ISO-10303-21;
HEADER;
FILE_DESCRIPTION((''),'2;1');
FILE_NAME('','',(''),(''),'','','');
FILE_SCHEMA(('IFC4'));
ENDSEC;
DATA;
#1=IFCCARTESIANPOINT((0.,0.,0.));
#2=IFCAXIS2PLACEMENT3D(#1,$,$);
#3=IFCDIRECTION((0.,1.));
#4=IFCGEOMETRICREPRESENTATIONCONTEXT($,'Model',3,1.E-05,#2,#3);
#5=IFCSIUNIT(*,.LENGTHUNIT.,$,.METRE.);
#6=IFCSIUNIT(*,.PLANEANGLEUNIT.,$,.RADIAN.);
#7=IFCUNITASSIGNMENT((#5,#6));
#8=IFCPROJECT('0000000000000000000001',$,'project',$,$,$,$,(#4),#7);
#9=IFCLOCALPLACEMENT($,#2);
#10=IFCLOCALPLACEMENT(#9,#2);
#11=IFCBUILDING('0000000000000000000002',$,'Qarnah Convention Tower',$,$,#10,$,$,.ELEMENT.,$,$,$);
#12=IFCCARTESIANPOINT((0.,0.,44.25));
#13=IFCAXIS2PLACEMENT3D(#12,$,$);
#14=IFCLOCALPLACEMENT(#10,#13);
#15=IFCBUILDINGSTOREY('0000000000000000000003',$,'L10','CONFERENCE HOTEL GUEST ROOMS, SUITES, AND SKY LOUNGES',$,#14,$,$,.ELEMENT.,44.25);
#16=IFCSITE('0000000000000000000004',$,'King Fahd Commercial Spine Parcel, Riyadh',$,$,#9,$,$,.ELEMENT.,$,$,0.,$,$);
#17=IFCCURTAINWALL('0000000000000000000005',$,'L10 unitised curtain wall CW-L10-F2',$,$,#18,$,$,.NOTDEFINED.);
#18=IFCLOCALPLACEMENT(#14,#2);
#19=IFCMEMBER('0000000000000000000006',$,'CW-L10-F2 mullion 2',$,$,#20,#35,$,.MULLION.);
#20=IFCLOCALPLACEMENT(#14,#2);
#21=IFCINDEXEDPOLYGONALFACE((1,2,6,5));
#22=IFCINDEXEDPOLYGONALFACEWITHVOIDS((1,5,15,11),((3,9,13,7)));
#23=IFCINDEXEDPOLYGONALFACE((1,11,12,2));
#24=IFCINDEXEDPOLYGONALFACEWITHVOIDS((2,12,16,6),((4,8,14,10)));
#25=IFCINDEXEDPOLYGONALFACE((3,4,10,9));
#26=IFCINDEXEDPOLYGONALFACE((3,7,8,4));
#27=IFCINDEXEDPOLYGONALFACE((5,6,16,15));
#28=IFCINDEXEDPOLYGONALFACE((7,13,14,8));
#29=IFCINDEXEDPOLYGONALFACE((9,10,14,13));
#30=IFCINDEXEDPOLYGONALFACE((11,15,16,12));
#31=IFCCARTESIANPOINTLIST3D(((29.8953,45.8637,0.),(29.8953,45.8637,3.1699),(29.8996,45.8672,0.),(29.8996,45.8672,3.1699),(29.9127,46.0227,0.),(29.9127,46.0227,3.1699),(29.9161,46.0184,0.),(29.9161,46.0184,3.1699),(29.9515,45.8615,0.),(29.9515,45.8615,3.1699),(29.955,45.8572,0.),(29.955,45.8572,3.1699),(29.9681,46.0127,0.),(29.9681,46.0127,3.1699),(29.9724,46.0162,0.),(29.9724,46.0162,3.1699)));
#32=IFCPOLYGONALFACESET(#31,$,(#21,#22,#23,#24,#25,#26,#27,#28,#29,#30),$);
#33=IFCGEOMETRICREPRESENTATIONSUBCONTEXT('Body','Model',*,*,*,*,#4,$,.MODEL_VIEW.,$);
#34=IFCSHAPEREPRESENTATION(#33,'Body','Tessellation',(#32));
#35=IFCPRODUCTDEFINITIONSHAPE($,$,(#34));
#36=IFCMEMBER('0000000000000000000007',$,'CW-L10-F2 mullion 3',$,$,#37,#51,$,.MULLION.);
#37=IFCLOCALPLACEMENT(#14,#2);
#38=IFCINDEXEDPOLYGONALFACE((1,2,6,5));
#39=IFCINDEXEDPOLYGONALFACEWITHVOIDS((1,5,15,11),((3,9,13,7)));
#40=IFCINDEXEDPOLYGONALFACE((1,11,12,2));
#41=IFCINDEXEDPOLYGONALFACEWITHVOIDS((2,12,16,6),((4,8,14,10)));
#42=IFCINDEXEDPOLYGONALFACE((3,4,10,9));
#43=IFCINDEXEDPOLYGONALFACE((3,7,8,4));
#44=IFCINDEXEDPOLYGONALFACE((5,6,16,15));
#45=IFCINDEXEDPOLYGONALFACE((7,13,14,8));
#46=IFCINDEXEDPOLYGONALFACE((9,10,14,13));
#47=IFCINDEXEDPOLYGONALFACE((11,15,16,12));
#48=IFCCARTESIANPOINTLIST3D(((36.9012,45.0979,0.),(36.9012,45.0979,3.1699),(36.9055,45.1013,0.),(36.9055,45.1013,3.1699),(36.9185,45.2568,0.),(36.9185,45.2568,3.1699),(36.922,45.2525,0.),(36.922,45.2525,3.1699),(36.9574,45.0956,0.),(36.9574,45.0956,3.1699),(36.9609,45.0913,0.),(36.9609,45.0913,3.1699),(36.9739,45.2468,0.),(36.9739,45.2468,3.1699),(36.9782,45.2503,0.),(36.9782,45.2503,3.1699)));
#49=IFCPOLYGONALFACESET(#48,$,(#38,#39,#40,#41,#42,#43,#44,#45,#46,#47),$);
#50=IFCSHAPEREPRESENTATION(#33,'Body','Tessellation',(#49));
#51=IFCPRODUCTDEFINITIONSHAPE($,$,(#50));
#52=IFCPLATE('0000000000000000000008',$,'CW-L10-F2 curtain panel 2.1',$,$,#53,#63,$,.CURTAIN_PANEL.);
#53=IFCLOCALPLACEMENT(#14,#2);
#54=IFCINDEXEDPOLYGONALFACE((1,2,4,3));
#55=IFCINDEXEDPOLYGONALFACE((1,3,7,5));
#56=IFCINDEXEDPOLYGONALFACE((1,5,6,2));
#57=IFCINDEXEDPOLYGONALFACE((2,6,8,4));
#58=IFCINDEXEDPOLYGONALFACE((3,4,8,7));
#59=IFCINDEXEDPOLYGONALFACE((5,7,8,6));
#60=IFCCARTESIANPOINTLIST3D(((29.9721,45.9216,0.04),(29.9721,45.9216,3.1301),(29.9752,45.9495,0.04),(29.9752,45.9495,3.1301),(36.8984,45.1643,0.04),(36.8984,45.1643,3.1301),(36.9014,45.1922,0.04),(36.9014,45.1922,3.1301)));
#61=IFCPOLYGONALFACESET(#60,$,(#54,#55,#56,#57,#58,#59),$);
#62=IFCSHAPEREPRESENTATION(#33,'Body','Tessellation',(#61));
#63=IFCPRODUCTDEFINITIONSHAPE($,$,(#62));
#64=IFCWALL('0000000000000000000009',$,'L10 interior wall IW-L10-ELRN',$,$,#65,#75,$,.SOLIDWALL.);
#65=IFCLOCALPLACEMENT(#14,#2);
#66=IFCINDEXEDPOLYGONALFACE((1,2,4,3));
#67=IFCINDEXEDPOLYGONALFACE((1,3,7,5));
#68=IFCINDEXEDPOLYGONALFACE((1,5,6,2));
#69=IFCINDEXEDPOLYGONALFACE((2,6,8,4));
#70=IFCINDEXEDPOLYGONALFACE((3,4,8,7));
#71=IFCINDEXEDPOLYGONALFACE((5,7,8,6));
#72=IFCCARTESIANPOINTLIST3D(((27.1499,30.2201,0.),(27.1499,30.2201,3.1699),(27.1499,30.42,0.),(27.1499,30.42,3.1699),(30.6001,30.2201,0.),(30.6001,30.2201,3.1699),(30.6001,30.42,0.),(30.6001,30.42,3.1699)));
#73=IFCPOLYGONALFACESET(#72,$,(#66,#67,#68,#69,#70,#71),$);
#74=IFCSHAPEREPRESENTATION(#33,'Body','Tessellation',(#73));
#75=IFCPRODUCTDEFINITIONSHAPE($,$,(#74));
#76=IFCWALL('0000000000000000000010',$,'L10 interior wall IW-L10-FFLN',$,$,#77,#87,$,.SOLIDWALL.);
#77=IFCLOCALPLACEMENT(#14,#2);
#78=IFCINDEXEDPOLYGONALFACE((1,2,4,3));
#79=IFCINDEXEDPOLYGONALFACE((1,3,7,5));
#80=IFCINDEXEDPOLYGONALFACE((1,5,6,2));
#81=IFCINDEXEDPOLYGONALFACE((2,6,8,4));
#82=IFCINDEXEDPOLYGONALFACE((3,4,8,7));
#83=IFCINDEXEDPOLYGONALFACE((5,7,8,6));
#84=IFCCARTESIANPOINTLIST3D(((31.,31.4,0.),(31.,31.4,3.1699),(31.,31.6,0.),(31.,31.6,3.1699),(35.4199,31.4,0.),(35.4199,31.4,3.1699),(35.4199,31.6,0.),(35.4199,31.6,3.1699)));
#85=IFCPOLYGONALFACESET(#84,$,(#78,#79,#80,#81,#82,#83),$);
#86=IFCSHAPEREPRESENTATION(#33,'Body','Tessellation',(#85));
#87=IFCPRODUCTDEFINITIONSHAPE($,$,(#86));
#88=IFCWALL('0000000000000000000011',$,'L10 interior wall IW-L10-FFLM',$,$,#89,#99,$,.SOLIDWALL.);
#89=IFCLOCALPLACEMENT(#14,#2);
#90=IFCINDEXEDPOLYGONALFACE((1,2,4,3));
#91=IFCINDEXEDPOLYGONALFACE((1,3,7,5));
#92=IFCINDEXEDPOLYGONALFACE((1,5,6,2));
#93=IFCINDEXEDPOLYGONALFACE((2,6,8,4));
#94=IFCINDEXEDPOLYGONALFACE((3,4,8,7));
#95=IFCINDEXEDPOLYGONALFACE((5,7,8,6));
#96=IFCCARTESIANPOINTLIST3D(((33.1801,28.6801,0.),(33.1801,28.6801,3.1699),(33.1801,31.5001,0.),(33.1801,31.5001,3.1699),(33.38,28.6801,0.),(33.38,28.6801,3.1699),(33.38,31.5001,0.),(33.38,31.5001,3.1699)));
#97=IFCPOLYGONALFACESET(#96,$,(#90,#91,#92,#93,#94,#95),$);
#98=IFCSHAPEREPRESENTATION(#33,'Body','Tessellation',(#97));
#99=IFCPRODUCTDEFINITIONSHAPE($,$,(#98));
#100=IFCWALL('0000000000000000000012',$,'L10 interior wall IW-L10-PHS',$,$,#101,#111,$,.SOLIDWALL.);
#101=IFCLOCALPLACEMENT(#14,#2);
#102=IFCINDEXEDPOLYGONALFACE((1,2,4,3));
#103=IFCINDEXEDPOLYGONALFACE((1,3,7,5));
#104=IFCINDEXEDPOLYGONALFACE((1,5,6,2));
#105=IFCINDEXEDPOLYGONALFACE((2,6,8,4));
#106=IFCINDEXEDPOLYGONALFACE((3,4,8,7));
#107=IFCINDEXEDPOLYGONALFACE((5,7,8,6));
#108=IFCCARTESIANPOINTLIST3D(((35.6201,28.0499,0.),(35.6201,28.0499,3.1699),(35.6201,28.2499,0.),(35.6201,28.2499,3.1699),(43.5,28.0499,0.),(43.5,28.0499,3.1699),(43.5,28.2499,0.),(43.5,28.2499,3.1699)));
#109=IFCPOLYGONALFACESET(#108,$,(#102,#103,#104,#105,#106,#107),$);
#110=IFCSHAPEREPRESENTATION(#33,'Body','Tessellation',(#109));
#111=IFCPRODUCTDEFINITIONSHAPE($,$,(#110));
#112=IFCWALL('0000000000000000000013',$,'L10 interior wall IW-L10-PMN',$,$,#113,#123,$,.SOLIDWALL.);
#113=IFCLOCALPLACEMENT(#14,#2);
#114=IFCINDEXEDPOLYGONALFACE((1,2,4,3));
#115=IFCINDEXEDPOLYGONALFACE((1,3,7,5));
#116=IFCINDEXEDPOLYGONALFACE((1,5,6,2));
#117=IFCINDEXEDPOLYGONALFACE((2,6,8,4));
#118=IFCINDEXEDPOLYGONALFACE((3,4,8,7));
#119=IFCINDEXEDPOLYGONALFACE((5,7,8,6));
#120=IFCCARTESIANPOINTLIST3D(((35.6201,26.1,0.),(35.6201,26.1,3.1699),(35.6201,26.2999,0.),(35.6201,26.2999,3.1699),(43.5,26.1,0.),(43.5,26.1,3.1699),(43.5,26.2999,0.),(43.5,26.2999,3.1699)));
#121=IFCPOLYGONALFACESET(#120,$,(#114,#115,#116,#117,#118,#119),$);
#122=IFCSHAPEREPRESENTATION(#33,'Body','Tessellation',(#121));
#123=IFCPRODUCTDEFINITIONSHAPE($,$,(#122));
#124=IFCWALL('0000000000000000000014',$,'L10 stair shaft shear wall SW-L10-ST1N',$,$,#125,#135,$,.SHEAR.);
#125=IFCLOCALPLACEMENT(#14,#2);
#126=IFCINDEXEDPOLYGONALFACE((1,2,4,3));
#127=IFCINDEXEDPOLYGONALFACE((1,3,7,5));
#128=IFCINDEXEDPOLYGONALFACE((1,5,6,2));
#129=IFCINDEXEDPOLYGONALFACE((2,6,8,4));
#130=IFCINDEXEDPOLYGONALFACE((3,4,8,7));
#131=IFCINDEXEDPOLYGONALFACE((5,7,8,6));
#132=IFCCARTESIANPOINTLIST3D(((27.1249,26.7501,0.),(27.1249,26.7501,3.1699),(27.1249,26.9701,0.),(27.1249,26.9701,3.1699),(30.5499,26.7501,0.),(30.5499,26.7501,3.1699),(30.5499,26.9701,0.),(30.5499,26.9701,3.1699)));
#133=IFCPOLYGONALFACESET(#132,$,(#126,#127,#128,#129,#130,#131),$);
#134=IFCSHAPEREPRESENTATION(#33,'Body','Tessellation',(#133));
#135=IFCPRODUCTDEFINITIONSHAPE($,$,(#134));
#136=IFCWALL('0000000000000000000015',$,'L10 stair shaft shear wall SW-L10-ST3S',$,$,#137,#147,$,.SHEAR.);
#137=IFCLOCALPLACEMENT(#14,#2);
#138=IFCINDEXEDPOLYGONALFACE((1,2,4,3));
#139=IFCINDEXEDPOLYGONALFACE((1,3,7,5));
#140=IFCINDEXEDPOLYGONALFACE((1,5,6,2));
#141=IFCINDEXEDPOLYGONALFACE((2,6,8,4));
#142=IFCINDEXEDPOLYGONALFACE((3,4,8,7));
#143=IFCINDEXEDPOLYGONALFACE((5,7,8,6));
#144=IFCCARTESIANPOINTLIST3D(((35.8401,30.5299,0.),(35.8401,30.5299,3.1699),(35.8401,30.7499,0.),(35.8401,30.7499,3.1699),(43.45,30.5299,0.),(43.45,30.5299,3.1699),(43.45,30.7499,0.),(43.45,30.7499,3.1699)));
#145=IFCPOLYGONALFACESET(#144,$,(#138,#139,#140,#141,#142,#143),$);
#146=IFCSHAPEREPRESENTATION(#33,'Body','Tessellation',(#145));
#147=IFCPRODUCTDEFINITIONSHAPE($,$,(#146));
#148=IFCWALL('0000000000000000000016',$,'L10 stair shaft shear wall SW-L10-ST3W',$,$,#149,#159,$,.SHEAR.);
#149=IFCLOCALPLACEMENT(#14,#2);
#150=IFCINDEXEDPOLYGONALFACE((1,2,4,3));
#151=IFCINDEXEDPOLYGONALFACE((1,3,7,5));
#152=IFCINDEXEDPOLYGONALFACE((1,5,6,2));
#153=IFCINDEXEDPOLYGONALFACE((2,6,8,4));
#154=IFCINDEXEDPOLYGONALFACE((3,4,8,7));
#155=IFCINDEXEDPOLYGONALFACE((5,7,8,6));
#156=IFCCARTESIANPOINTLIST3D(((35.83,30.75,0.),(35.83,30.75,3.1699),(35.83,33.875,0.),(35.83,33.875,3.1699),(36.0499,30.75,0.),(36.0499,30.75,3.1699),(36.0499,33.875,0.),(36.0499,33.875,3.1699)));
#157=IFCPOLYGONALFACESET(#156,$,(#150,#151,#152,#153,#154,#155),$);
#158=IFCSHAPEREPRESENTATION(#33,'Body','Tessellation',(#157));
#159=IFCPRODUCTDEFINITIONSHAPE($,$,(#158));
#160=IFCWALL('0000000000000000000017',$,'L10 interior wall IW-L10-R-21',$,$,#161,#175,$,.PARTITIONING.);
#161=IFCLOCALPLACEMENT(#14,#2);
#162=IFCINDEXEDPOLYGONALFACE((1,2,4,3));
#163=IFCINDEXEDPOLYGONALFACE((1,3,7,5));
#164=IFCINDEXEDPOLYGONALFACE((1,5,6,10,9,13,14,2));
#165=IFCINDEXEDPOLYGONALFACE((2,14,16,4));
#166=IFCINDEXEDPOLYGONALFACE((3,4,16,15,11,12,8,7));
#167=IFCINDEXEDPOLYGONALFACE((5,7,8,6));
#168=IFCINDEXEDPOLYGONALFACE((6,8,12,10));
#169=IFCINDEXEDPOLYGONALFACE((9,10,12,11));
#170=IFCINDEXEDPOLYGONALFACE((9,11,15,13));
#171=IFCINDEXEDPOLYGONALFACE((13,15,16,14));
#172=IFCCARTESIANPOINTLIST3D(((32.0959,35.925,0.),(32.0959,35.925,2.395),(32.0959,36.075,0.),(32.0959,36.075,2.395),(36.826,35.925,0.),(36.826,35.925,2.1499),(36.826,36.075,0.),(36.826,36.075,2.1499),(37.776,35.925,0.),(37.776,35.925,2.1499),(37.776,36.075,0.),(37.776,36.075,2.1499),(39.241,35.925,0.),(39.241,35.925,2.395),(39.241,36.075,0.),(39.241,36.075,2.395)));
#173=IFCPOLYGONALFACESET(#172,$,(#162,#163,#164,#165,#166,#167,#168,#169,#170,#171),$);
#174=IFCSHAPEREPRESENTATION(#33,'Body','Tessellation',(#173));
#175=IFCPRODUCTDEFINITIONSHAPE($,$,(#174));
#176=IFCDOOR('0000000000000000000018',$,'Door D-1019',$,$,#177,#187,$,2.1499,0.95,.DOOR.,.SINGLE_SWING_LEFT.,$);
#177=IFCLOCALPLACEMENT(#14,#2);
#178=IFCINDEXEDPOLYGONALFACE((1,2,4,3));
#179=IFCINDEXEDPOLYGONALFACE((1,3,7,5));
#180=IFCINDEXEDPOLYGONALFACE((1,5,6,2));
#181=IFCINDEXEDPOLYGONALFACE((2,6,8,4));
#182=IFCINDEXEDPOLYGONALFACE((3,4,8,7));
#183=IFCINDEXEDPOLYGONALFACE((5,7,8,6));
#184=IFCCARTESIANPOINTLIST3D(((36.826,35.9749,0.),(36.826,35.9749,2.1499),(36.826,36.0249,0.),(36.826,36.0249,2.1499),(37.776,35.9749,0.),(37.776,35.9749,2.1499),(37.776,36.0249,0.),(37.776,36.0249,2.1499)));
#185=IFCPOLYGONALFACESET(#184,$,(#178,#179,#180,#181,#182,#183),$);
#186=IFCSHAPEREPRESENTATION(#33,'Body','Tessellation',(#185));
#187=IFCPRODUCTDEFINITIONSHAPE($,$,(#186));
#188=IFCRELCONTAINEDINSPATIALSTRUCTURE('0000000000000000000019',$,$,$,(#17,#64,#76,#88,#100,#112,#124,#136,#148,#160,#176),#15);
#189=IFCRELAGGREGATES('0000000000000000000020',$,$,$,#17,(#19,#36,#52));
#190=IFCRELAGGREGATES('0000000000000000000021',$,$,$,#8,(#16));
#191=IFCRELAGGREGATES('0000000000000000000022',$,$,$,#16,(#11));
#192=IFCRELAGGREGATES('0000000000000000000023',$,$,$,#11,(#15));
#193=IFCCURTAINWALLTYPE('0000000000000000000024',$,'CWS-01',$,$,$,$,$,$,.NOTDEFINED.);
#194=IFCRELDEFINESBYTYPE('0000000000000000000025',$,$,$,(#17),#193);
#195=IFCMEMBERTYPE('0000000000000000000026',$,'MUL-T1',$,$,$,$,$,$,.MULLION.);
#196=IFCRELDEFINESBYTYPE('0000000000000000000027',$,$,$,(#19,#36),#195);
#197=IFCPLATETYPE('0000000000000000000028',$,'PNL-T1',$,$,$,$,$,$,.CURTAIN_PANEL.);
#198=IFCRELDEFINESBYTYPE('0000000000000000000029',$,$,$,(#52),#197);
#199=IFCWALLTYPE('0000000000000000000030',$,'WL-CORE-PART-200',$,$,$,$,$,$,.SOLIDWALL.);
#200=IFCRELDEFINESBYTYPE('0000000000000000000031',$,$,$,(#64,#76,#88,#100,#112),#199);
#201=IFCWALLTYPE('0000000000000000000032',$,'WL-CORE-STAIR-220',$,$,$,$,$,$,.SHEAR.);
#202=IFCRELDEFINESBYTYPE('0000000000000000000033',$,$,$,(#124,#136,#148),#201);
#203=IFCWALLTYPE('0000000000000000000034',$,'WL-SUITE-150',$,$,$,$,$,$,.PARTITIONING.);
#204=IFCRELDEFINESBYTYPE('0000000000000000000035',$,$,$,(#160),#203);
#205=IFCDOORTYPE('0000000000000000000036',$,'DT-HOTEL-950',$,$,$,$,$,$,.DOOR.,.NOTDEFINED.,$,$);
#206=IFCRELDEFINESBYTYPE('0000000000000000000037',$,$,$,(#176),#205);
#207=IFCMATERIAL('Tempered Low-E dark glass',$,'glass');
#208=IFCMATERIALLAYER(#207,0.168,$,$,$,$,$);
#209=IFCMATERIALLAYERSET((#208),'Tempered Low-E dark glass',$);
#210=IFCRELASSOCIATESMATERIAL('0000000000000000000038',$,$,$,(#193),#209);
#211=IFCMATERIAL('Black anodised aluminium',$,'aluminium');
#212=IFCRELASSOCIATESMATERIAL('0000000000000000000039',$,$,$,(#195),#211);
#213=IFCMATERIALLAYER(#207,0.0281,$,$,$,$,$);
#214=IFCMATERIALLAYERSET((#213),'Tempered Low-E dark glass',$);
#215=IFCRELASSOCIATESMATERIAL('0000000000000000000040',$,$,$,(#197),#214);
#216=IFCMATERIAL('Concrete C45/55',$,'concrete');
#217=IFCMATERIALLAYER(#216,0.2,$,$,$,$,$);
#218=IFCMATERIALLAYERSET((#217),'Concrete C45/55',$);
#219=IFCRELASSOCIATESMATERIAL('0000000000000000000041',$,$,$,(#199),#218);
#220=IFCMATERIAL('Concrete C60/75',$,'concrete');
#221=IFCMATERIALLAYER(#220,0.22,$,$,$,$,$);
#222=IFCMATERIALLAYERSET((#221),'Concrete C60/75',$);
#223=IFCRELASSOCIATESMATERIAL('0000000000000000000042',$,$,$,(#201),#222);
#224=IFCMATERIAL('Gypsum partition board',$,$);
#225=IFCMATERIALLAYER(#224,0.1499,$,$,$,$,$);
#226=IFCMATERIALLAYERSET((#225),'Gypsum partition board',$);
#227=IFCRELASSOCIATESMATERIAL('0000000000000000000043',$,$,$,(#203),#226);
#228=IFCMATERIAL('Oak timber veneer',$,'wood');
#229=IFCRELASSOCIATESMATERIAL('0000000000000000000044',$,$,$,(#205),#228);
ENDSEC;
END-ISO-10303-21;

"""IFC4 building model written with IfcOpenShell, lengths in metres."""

from ifc_helpers import new_model, si_unit, direction, frame, frame_2d, origin, origin_2d, place, context, subcontext, project, spatial, rectangle, hollow_rectangle, extrude, material, layer, layer_set, material_profile, profile_set, type_object, element, fill, aggregate, save


model = new_model("IFC4")

# Units and contexts
model_context = context("Model", 3, precision=1e-05, world=origin(), true_north=direction((0.0, 1.0)))
body_context = subcontext(model_context, "Body", "Model", "MODEL_VIEW")
ifc_project = project(units=[si_unit("LENGTHUNIT", "METRE"), si_unit("PLANEANGLEUNIT", "RADIAN")], contexts=[model_context])

# Site, building, storey
site_placement = place(None, origin())
site = spatial("IfcSite", under=ifc_project, at=site_placement, Name="King Fahd Commercial Spine Parcel, Riyadh", CompositionType="ELEMENT", RefElevation=0.0)
building_placement = place(site_placement, origin())
building = spatial("IfcBuilding", under=site, at=building_placement, Name="Qarnah Convention Tower", CompositionType="ELEMENT")
storey_placement = place(building_placement, frame((0.0, 0.0, 44.25)))
storey = spatial("IfcBuildingStorey", under=building, at=storey_placement, Name="L10", Description="CONFERENCE HOTEL GUEST ROOMS, SUITES, AND SKY LOUNGES", CompositionType="ELEMENT", Elevation=44.25)

# Shared definitions
ifc_material_1 = material(Name="Concrete C60/75", Category="concrete")

# Curtain wall, members, plate
ifc_material_2 = material(Name="Tempered Low-E dark glass", Category="glass")
ifc_layer_1 = layer(ifc_material_2, 0.168)
ifc_layer_set_1 = layer_set([ifc_layer_1], Name="Tempered Low-E dark glass")
curtain_wall_type = type_object("IfcCurtainWallType", Name="CWS-01", PredefinedType="NOTDEFINED", material=ifc_layer_set_1)
curtain_wall_placement = place(storey_placement, origin())
curtain_wall = element("IfcCurtainWall", 1, at=curtain_wall_placement, inside=storey, type_object=curtain_wall_type, Name="L10 unitised curtain wall CW-L10-F2", PredefinedType="NOTDEFINED")
ifc_material_3 = material(Name="Black anodised aluminium", Category="aluminium")
ifc_material_profile_1 = material_profile(ifc_material_3, hollow_rectangle(XDim=0.0601, YDim=0.1599, WallThickness=0.0039, at=origin_2d()), Name="MUL-60X160")
ifc_profile_set_1 = profile_set([ifc_material_profile_1], Name="Black anodised aluminium")
member_type = type_object("IfcMemberType", Name="MUL-T1", PredefinedType="MULLION", material=ifc_profile_set_1)
member_1_placement = place(storey_placement, frame((29.9338, 45.9399, 0.0), z_axis=(0.0, 0.0, 1.0), x_axis=(0.994076, -0.10869, 0.0)))
member_1 = element("IfcMember", 2, at=member_1_placement, type_object=member_type, Name="CW-L10-F2 mullion 2", PredefinedType="MULLION", context=body_context, shape_type="SweptSolid", body=[
    extrude(hollow_rectangle(XDim=0.0601, YDim=0.1599, WallThickness=0.0039, at=origin_2d()), origin(), (0.0, 0.0, 1.0), 3.1699),
])
member_2_placement = place(storey_placement, frame((36.9397, 45.1741, 0.0), z_axis=(0.0, 0.0, 1.0), x_axis=(0.994076, -0.10869, 0.0)))
member_2 = element("IfcMember", 3, at=member_2_placement, type_object=member_type, Name="CW-L10-F2 mullion 3", PredefinedType="MULLION", context=body_context, shape_type="SweptSolid", body=[
    extrude(hollow_rectangle(XDim=0.0601, YDim=0.1599, WallThickness=0.0039, at=origin_2d()), origin(), (0.0, 0.0, 1.0), 3.1699),
])
ifc_layer_2 = layer(ifc_material_2, 0.0281)
ifc_layer_set_2 = layer_set([ifc_layer_2], Name="Tempered Low-E dark glass")
plate_type = type_object("IfcPlateType", Name="PNL-T1", PredefinedType="CURTAIN_PANEL", material=ifc_layer_set_2)
plate_placement = place(storey_placement, frame((33.4368, 45.5569, 0.04), z_axis=(0.0, 0.0, 1.0), x_axis=(0.994076, -0.10869, 0.0)))
plate = element("IfcPlate", 4, at=plate_placement, type_object=plate_type, Name="CW-L10-F2 curtain panel 2.1", PredefinedType="CURTAIN_PANEL", context=body_context, shape_type="SweptSolid", body=[
    extrude(rectangle(XDim=6.9675, YDim=0.0281, at=origin_2d()), origin(), (0.0, 0.0, 1.0), 3.0901),
])
aggregate(curtain_wall, [member_1, member_2, plate])

# Wall
ifc_material_4 = material(Name="Concrete C45/55", Category="concrete")
ifc_layer_3 = layer(ifc_material_4, 0.2)
ifc_layer_set_3 = layer_set([ifc_layer_3], Name="Concrete C45/55")
wall_type_1 = type_object("IfcWallType", Name="WL-CORE-PART-200", PredefinedType="SOLIDWALL", material=ifc_layer_set_3)
wall_1_placement = place(storey_placement, frame((27.1499, 30.3201, 0.0), z_axis=(0.0, 0.0, 1.0), x_axis=(1.0, 0.0, 0.0)))
element("IfcWall", 5, at=wall_1_placement, inside=storey, type_object=wall_type_1, Name="L10 interior wall IW-L10-ELRN", PredefinedType="SOLIDWALL", context=body_context, shape_type="SweptSolid", body=[
    extrude(rectangle(XDim=3.4502, YDim=0.2, at=frame_2d((1.7251, 0.0))), origin(), (0.0, 0.0, 1.0), 3.1699),
])

# Walls
wall_2_placement = place(storey_placement, frame((31.0, 31.5, 0.0), z_axis=(0.0, 0.0, 1.0), x_axis=(1.0, 0.0, 0.0)))
element("IfcWall", 6, at=wall_2_placement, inside=storey, type_object=wall_type_1, Name="L10 interior wall IW-L10-FFLN", PredefinedType="SOLIDWALL", context=body_context, shape_type="SweptSolid", body=[
    extrude(rectangle(XDim=4.4199, YDim=0.2, at=frame_2d((2.21, 0.0))), origin(), (0.0, 0.0, 1.0), 3.1699),
])
wall_3_placement = place(storey_placement, frame((33.28, 28.6799, 0.0), z_axis=(0.0, 0.0, 1.0), x_axis=(0.0, 1.0, 0.0)))
element("IfcWall", 7, at=wall_3_placement, inside=storey, type_object=wall_type_1, Name="L10 interior wall IW-L10-FFLM", PredefinedType="SOLIDWALL", context=body_context, shape_type="SweptSolid", body=[
    extrude(rectangle(XDim=2.8201, YDim=0.2, at=frame_2d((1.4102, 0.0))), origin(), (0.0, 0.0, 1.0), 3.1699),
])
for number, where, z_axis, x_axis, name in (
    (8, (35.6201, 28.1499, 0.0), (0.0, 0.0, 1.0), (1.0, 0.0, 0.0), "L10 interior wall IW-L10-PHS"),
    (9, (35.6201, 26.2, 0.0), (0.0, 0.0, 1.0), (1.0, 0.0, 0.0), "L10 interior wall IW-L10-PMN"),
):
    element("IfcWall", number, at=place(storey_placement, frame(where, z_axis=z_axis, x_axis=x_axis)), inside=storey, type_object=wall_type_1, Name=name, PredefinedType="SOLIDWALL", context=body_context, shape_type="SweptSolid", body=[
        extrude(rectangle(XDim=7.8799, YDim=0.2, at=frame_2d((3.9399, 0.0))), origin(), (0.0, 0.0, 1.0), 3.1699),
    ])
ifc_layer_4 = layer(ifc_material_1, 0.22)
ifc_layer_set_4 = layer_set([ifc_layer_4], Name="Concrete C60/75")
wall_type_2 = type_object("IfcWallType", Name="WL-CORE-STAIR-220", PredefinedType="SHEAR", material=ifc_layer_set_4)
wall_4_placement = place(storey_placement, frame((27.125, 26.8601, 0.0), z_axis=(0.0, 0.0, 1.0), x_axis=(1.0, 0.0, 0.0)))
element("IfcWall", 10, at=wall_4_placement, inside=storey, type_object=wall_type_2, Name="L10 stair shaft shear wall SW-L10-ST1N", PredefinedType="SHEAR", context=body_context, shape_type="SweptSolid", body=[
    extrude(rectangle(XDim=3.425, YDim=0.22, at=frame_2d((1.7124, 0.0))), origin(), (0.0, 0.0, 1.0), 3.1699),
])
wall_5_placement = place(storey_placement, frame((35.8401, 30.6399, 0.0), z_axis=(0.0, 0.0, 1.0), x_axis=(1.0, 0.0, 0.0)))
element("IfcWall", 11, at=wall_5_placement, inside=storey, type_object=wall_type_2, Name="L10 stair shaft shear wall SW-L10-ST3S", PredefinedType="SHEAR", context=body_context, shape_type="SweptSolid", body=[
    extrude(rectangle(XDim=7.6099, YDim=0.22, at=frame_2d((3.8049, 0.0))), origin(), (0.0, 0.0, 1.0), 3.1699),
])
wall_6_placement = place(storey_placement, frame((35.9399, 30.75, 0.0), z_axis=(0.0, 0.0, 1.0), x_axis=(0.0, 1.0, 0.0)))
element("IfcWall", 12, at=wall_6_placement, inside=storey, type_object=wall_type_2, Name="L10 stair shaft shear wall SW-L10-ST3W", PredefinedType="SHEAR", context=body_context, shape_type="SweptSolid", body=[
    extrude(rectangle(XDim=3.125, YDim=0.22, at=frame_2d((1.5625, 0.0))), origin(), (0.0, 0.0, 1.0), 3.1699),
])

# Wall, opening, door
ifc_material_5 = material(Name="Gypsum partition board")
ifc_layer_5 = layer(ifc_material_5, 0.1499)
ifc_layer_set_5 = layer_set([ifc_layer_5], Name="Gypsum partition board")
wall_type_3 = type_object("IfcWallType", Name="WL-SUITE-150", PredefinedType="PARTITIONING", material=ifc_layer_set_5)
wall_7_placement = place(storey_placement, frame((32.0959, 36.0, 0.0), z_axis=(0.0, 0.0, 1.0), x_axis=(1.0, 0.0, 0.0)))
wall_7 = element("IfcWall", 13, at=wall_7_placement, inside=storey, type_object=wall_type_3, Name="L10 interior wall IW-L10-R-21", PredefinedType="PARTITIONING", context=body_context, shape_type="SweptSolid", body=[
    extrude(rectangle(XDim=7.145, YDim=0.1499, at=frame_2d((3.5725, 0.0))), origin(), (0.0, 0.0, 1.0), 2.395),
])
opening_1_placement = place(wall_7_placement, frame((4.73, 0.0, 0.0)))
opening_1 = element("IfcOpeningElement", 14, at=opening_1_placement, cuts=wall_7, PredefinedType="OPENING", context=body_context, shape_type="SweptSolid", body=[
    extrude(rectangle(XDim=0.95, YDim=2.1499, at=frame_2d((0.4751, 1.075))), frame((0.0, 0.085, 0.0), z_axis=(0.0, -1.0, 0.0), x_axis=(1.0, 0.0, 0.0)), (0.0, 0.0, 1.0), 0.1699),
])
ifc_material_6 = material(Name="Oak timber veneer", Category="wood")
door_type_1 = type_object("IfcDoorType", Name="DT-HOTEL-950", OperationType="NOTDEFINED", PredefinedType="DOOR", material=ifc_material_6)
door_1_placement = place(opening_1_placement, origin())
door_1 = element("IfcDoor", 15, at=door_1_placement, inside=storey, type_object=door_type_1, Name="Door D-1019", OperationType="SINGLE_SWING_LEFT", OverallHeight=2.1499, OverallWidth=0.95, PredefinedType="DOOR", context=body_context, shape_type="SweptSolid", body=[
    extrude(rectangle(XDim=0.95, YDim=2.1499, at=frame_2d((0.4751, 1.075))), frame((0.0, 0.0249, 0.0), z_axis=(0.0, -1.0, 0.0), x_axis=(1.0, 0.0, 0.0)), (0.0, 0.0, 1.0), 0.05),
])
fill(opening_1, door_1)

save(model, "model.ifc")
